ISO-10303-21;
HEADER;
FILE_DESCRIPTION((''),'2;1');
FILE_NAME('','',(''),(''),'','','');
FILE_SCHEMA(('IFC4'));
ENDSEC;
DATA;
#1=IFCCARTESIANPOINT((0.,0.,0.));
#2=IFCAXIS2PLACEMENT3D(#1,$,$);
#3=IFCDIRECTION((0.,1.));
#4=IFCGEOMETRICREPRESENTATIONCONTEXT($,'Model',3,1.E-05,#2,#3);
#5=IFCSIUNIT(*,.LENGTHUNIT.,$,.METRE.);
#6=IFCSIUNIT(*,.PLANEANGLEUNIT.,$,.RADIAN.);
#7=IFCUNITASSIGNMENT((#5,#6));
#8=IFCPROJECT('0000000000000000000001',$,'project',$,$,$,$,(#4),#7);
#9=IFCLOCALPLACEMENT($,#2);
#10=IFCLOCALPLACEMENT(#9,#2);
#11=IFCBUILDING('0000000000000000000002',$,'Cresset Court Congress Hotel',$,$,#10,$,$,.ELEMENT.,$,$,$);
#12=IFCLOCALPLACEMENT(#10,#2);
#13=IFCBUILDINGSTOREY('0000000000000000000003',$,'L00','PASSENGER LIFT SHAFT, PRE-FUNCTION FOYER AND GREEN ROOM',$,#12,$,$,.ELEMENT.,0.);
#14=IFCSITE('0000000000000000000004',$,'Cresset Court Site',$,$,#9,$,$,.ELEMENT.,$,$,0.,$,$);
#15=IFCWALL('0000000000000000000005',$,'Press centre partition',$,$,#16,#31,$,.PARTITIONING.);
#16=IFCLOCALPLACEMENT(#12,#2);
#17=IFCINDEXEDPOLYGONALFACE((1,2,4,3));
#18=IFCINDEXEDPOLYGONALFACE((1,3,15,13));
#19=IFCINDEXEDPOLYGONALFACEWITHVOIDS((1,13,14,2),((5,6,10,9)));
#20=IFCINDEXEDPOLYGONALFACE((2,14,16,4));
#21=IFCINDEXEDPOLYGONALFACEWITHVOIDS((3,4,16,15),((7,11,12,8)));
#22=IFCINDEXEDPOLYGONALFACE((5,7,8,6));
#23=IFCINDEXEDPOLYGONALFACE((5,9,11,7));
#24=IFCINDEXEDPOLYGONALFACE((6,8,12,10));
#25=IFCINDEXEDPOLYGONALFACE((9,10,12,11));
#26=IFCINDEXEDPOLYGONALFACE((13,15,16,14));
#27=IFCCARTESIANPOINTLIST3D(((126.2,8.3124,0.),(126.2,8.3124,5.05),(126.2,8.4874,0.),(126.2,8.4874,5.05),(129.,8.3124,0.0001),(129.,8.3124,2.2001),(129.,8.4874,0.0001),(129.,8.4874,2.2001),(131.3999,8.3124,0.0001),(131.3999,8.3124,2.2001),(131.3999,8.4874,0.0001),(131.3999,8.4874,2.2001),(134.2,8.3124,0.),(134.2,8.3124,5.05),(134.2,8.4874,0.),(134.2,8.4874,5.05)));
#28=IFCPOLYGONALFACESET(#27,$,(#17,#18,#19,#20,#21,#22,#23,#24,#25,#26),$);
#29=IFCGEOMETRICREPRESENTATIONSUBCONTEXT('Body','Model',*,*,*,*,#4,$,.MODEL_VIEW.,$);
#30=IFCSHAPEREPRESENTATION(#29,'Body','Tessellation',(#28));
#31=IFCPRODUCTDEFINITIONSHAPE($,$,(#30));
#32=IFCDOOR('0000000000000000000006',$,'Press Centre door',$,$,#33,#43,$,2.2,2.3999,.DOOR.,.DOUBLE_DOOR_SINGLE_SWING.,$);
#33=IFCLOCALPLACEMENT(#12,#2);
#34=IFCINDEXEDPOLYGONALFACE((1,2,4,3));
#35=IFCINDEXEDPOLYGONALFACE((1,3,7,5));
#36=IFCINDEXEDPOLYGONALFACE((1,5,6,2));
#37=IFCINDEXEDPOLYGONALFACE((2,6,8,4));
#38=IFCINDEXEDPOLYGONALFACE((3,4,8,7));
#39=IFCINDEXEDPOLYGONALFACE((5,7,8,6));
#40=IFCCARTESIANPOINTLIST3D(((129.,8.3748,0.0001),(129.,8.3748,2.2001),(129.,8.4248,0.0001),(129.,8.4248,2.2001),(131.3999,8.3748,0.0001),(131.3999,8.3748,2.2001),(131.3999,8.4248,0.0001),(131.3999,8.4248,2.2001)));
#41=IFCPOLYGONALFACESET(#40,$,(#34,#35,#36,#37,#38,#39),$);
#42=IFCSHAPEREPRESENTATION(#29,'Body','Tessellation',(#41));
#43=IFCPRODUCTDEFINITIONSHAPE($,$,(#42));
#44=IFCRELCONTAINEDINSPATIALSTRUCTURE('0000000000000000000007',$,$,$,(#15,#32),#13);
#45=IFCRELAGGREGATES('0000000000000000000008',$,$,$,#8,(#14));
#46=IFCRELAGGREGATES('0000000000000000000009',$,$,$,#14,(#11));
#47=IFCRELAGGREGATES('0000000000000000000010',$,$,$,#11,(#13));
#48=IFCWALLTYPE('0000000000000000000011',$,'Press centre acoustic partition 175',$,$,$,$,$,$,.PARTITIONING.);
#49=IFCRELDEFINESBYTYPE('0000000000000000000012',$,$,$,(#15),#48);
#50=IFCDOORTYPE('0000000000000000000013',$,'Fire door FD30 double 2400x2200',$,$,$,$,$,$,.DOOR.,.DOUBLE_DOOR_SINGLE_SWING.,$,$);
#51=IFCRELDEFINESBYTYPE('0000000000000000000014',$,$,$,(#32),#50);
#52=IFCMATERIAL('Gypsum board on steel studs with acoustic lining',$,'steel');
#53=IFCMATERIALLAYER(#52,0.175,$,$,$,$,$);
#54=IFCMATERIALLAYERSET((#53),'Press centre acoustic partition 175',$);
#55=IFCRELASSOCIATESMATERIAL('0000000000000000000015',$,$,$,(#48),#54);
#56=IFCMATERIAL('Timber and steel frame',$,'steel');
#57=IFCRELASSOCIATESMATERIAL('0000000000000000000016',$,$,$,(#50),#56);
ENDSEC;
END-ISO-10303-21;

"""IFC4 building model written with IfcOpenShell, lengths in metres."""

from ifc_helpers import new_model, si_unit, direction, frame, frame_2d, origin, place, context, subcontext, project, spatial, rectangle, extrude, material, layer, layer_set, type_object, element, fill, save


model = new_model("IFC4")

# Units and contexts
model_context = context("Model", 3, precision=1e-05, world=origin(), true_north=direction((0.0, 1.0)))
body_context = subcontext(model_context, "Body", "Model", "MODEL_VIEW")
ifc_project = project(units=[si_unit("LENGTHUNIT", "METRE"), si_unit("PLANEANGLEUNIT", "RADIAN")], contexts=[model_context])

# Site, building, storey
site_placement = place(None, origin())
site = spatial("IfcSite", under=ifc_project, at=site_placement, Name="Cresset Court Site", CompositionType="ELEMENT", RefElevation=0.0)
building_placement = place(site_placement, origin())
building = spatial("IfcBuilding", under=site, at=building_placement, Name="Cresset Court Congress Hotel", CompositionType="ELEMENT")
storey_placement = place(building_placement, origin())
storey = spatial("IfcBuildingStorey", under=building, at=storey_placement, Name="L00", Description="PASSENGER LIFT SHAFT, PRE-FUNCTION FOYER AND GREEN ROOM", CompositionType="ELEMENT", Elevation=0.0)

# Wall, opening, door
ifc_material_1 = material(Name="Gypsum board on steel studs with acoustic lining", Category="steel")
ifc_layer_1 = layer(ifc_material_1, 0.175)
ifc_layer_set_1 = layer_set([ifc_layer_1], Name="Press centre acoustic partition 175")
wall_type_1 = type_object("IfcWallType", Name="Press centre acoustic partition 175", PredefinedType="PARTITIONING", material=ifc_layer_set_1)
wall_1_placement = place(storey_placement, frame((126.2, 8.3999, 0.0), z_axis=(0.0, 0.0, 1.0), x_axis=(1.0, 0.0, 0.0)))
wall_1 = element("IfcWall", 1, at=wall_1_placement, inside=storey, type_object=wall_type_1, Name="Press centre partition", PredefinedType="PARTITIONING", context=body_context, shape_type="SweptSolid", body=[
    extrude(rectangle(XDim=8.0, YDim=0.175, at=frame_2d((4.0, 0.0))), origin(), (0.0, 0.0, 1.0), 5.05),
])
opening_1_placement = place(wall_1_placement, frame((2.8, 0.0, 0.0)))
opening_1 = element("IfcOpeningElement", 2, at=opening_1_placement, cuts=wall_1, PredefinedType="OPENING", context=body_context, shape_type="SweptSolid", body=[
    extrude(rectangle(XDim=2.3999, YDim=2.2, at=frame_2d((1.2, 1.1001))), frame((0.0, 0.0974, 0.0), z_axis=(0.0, -1.0, 0.0), x_axis=(1.0, 0.0, 0.0)), (0.0, 0.0, 1.0), 0.1951),
])
ifc_material_2 = material(Name="Timber and steel frame", Category="steel")
door_type = type_object("IfcDoorType", Name="Fire door FD30 double 2400x2200", OperationType="DOUBLE_DOOR_SINGLE_SWING", PredefinedType="DOOR", material=ifc_material_2)
door_placement = place(opening_1_placement, origin())
door = element("IfcDoor", 3, at=door_placement, inside=storey, type_object=door_type, Name="Press Centre door", OperationType="DOUBLE_DOOR_SINGLE_SWING", OverallHeight=2.2, OverallWidth=2.3999, PredefinedType="DOOR", context=body_context, shape_type="SweptSolid", body=[
    extrude(rectangle(XDim=2.3999, YDim=2.2, at=frame_2d((1.2, 1.1001))), frame((0.0, 0.0249, 0.0), z_axis=(0.0, -1.0, 0.0), x_axis=(1.0, 0.0, 0.0)), (0.0, 0.0, 1.0), 0.05),
])
fill(opening_1, door)

save(model, "model.ifc")
